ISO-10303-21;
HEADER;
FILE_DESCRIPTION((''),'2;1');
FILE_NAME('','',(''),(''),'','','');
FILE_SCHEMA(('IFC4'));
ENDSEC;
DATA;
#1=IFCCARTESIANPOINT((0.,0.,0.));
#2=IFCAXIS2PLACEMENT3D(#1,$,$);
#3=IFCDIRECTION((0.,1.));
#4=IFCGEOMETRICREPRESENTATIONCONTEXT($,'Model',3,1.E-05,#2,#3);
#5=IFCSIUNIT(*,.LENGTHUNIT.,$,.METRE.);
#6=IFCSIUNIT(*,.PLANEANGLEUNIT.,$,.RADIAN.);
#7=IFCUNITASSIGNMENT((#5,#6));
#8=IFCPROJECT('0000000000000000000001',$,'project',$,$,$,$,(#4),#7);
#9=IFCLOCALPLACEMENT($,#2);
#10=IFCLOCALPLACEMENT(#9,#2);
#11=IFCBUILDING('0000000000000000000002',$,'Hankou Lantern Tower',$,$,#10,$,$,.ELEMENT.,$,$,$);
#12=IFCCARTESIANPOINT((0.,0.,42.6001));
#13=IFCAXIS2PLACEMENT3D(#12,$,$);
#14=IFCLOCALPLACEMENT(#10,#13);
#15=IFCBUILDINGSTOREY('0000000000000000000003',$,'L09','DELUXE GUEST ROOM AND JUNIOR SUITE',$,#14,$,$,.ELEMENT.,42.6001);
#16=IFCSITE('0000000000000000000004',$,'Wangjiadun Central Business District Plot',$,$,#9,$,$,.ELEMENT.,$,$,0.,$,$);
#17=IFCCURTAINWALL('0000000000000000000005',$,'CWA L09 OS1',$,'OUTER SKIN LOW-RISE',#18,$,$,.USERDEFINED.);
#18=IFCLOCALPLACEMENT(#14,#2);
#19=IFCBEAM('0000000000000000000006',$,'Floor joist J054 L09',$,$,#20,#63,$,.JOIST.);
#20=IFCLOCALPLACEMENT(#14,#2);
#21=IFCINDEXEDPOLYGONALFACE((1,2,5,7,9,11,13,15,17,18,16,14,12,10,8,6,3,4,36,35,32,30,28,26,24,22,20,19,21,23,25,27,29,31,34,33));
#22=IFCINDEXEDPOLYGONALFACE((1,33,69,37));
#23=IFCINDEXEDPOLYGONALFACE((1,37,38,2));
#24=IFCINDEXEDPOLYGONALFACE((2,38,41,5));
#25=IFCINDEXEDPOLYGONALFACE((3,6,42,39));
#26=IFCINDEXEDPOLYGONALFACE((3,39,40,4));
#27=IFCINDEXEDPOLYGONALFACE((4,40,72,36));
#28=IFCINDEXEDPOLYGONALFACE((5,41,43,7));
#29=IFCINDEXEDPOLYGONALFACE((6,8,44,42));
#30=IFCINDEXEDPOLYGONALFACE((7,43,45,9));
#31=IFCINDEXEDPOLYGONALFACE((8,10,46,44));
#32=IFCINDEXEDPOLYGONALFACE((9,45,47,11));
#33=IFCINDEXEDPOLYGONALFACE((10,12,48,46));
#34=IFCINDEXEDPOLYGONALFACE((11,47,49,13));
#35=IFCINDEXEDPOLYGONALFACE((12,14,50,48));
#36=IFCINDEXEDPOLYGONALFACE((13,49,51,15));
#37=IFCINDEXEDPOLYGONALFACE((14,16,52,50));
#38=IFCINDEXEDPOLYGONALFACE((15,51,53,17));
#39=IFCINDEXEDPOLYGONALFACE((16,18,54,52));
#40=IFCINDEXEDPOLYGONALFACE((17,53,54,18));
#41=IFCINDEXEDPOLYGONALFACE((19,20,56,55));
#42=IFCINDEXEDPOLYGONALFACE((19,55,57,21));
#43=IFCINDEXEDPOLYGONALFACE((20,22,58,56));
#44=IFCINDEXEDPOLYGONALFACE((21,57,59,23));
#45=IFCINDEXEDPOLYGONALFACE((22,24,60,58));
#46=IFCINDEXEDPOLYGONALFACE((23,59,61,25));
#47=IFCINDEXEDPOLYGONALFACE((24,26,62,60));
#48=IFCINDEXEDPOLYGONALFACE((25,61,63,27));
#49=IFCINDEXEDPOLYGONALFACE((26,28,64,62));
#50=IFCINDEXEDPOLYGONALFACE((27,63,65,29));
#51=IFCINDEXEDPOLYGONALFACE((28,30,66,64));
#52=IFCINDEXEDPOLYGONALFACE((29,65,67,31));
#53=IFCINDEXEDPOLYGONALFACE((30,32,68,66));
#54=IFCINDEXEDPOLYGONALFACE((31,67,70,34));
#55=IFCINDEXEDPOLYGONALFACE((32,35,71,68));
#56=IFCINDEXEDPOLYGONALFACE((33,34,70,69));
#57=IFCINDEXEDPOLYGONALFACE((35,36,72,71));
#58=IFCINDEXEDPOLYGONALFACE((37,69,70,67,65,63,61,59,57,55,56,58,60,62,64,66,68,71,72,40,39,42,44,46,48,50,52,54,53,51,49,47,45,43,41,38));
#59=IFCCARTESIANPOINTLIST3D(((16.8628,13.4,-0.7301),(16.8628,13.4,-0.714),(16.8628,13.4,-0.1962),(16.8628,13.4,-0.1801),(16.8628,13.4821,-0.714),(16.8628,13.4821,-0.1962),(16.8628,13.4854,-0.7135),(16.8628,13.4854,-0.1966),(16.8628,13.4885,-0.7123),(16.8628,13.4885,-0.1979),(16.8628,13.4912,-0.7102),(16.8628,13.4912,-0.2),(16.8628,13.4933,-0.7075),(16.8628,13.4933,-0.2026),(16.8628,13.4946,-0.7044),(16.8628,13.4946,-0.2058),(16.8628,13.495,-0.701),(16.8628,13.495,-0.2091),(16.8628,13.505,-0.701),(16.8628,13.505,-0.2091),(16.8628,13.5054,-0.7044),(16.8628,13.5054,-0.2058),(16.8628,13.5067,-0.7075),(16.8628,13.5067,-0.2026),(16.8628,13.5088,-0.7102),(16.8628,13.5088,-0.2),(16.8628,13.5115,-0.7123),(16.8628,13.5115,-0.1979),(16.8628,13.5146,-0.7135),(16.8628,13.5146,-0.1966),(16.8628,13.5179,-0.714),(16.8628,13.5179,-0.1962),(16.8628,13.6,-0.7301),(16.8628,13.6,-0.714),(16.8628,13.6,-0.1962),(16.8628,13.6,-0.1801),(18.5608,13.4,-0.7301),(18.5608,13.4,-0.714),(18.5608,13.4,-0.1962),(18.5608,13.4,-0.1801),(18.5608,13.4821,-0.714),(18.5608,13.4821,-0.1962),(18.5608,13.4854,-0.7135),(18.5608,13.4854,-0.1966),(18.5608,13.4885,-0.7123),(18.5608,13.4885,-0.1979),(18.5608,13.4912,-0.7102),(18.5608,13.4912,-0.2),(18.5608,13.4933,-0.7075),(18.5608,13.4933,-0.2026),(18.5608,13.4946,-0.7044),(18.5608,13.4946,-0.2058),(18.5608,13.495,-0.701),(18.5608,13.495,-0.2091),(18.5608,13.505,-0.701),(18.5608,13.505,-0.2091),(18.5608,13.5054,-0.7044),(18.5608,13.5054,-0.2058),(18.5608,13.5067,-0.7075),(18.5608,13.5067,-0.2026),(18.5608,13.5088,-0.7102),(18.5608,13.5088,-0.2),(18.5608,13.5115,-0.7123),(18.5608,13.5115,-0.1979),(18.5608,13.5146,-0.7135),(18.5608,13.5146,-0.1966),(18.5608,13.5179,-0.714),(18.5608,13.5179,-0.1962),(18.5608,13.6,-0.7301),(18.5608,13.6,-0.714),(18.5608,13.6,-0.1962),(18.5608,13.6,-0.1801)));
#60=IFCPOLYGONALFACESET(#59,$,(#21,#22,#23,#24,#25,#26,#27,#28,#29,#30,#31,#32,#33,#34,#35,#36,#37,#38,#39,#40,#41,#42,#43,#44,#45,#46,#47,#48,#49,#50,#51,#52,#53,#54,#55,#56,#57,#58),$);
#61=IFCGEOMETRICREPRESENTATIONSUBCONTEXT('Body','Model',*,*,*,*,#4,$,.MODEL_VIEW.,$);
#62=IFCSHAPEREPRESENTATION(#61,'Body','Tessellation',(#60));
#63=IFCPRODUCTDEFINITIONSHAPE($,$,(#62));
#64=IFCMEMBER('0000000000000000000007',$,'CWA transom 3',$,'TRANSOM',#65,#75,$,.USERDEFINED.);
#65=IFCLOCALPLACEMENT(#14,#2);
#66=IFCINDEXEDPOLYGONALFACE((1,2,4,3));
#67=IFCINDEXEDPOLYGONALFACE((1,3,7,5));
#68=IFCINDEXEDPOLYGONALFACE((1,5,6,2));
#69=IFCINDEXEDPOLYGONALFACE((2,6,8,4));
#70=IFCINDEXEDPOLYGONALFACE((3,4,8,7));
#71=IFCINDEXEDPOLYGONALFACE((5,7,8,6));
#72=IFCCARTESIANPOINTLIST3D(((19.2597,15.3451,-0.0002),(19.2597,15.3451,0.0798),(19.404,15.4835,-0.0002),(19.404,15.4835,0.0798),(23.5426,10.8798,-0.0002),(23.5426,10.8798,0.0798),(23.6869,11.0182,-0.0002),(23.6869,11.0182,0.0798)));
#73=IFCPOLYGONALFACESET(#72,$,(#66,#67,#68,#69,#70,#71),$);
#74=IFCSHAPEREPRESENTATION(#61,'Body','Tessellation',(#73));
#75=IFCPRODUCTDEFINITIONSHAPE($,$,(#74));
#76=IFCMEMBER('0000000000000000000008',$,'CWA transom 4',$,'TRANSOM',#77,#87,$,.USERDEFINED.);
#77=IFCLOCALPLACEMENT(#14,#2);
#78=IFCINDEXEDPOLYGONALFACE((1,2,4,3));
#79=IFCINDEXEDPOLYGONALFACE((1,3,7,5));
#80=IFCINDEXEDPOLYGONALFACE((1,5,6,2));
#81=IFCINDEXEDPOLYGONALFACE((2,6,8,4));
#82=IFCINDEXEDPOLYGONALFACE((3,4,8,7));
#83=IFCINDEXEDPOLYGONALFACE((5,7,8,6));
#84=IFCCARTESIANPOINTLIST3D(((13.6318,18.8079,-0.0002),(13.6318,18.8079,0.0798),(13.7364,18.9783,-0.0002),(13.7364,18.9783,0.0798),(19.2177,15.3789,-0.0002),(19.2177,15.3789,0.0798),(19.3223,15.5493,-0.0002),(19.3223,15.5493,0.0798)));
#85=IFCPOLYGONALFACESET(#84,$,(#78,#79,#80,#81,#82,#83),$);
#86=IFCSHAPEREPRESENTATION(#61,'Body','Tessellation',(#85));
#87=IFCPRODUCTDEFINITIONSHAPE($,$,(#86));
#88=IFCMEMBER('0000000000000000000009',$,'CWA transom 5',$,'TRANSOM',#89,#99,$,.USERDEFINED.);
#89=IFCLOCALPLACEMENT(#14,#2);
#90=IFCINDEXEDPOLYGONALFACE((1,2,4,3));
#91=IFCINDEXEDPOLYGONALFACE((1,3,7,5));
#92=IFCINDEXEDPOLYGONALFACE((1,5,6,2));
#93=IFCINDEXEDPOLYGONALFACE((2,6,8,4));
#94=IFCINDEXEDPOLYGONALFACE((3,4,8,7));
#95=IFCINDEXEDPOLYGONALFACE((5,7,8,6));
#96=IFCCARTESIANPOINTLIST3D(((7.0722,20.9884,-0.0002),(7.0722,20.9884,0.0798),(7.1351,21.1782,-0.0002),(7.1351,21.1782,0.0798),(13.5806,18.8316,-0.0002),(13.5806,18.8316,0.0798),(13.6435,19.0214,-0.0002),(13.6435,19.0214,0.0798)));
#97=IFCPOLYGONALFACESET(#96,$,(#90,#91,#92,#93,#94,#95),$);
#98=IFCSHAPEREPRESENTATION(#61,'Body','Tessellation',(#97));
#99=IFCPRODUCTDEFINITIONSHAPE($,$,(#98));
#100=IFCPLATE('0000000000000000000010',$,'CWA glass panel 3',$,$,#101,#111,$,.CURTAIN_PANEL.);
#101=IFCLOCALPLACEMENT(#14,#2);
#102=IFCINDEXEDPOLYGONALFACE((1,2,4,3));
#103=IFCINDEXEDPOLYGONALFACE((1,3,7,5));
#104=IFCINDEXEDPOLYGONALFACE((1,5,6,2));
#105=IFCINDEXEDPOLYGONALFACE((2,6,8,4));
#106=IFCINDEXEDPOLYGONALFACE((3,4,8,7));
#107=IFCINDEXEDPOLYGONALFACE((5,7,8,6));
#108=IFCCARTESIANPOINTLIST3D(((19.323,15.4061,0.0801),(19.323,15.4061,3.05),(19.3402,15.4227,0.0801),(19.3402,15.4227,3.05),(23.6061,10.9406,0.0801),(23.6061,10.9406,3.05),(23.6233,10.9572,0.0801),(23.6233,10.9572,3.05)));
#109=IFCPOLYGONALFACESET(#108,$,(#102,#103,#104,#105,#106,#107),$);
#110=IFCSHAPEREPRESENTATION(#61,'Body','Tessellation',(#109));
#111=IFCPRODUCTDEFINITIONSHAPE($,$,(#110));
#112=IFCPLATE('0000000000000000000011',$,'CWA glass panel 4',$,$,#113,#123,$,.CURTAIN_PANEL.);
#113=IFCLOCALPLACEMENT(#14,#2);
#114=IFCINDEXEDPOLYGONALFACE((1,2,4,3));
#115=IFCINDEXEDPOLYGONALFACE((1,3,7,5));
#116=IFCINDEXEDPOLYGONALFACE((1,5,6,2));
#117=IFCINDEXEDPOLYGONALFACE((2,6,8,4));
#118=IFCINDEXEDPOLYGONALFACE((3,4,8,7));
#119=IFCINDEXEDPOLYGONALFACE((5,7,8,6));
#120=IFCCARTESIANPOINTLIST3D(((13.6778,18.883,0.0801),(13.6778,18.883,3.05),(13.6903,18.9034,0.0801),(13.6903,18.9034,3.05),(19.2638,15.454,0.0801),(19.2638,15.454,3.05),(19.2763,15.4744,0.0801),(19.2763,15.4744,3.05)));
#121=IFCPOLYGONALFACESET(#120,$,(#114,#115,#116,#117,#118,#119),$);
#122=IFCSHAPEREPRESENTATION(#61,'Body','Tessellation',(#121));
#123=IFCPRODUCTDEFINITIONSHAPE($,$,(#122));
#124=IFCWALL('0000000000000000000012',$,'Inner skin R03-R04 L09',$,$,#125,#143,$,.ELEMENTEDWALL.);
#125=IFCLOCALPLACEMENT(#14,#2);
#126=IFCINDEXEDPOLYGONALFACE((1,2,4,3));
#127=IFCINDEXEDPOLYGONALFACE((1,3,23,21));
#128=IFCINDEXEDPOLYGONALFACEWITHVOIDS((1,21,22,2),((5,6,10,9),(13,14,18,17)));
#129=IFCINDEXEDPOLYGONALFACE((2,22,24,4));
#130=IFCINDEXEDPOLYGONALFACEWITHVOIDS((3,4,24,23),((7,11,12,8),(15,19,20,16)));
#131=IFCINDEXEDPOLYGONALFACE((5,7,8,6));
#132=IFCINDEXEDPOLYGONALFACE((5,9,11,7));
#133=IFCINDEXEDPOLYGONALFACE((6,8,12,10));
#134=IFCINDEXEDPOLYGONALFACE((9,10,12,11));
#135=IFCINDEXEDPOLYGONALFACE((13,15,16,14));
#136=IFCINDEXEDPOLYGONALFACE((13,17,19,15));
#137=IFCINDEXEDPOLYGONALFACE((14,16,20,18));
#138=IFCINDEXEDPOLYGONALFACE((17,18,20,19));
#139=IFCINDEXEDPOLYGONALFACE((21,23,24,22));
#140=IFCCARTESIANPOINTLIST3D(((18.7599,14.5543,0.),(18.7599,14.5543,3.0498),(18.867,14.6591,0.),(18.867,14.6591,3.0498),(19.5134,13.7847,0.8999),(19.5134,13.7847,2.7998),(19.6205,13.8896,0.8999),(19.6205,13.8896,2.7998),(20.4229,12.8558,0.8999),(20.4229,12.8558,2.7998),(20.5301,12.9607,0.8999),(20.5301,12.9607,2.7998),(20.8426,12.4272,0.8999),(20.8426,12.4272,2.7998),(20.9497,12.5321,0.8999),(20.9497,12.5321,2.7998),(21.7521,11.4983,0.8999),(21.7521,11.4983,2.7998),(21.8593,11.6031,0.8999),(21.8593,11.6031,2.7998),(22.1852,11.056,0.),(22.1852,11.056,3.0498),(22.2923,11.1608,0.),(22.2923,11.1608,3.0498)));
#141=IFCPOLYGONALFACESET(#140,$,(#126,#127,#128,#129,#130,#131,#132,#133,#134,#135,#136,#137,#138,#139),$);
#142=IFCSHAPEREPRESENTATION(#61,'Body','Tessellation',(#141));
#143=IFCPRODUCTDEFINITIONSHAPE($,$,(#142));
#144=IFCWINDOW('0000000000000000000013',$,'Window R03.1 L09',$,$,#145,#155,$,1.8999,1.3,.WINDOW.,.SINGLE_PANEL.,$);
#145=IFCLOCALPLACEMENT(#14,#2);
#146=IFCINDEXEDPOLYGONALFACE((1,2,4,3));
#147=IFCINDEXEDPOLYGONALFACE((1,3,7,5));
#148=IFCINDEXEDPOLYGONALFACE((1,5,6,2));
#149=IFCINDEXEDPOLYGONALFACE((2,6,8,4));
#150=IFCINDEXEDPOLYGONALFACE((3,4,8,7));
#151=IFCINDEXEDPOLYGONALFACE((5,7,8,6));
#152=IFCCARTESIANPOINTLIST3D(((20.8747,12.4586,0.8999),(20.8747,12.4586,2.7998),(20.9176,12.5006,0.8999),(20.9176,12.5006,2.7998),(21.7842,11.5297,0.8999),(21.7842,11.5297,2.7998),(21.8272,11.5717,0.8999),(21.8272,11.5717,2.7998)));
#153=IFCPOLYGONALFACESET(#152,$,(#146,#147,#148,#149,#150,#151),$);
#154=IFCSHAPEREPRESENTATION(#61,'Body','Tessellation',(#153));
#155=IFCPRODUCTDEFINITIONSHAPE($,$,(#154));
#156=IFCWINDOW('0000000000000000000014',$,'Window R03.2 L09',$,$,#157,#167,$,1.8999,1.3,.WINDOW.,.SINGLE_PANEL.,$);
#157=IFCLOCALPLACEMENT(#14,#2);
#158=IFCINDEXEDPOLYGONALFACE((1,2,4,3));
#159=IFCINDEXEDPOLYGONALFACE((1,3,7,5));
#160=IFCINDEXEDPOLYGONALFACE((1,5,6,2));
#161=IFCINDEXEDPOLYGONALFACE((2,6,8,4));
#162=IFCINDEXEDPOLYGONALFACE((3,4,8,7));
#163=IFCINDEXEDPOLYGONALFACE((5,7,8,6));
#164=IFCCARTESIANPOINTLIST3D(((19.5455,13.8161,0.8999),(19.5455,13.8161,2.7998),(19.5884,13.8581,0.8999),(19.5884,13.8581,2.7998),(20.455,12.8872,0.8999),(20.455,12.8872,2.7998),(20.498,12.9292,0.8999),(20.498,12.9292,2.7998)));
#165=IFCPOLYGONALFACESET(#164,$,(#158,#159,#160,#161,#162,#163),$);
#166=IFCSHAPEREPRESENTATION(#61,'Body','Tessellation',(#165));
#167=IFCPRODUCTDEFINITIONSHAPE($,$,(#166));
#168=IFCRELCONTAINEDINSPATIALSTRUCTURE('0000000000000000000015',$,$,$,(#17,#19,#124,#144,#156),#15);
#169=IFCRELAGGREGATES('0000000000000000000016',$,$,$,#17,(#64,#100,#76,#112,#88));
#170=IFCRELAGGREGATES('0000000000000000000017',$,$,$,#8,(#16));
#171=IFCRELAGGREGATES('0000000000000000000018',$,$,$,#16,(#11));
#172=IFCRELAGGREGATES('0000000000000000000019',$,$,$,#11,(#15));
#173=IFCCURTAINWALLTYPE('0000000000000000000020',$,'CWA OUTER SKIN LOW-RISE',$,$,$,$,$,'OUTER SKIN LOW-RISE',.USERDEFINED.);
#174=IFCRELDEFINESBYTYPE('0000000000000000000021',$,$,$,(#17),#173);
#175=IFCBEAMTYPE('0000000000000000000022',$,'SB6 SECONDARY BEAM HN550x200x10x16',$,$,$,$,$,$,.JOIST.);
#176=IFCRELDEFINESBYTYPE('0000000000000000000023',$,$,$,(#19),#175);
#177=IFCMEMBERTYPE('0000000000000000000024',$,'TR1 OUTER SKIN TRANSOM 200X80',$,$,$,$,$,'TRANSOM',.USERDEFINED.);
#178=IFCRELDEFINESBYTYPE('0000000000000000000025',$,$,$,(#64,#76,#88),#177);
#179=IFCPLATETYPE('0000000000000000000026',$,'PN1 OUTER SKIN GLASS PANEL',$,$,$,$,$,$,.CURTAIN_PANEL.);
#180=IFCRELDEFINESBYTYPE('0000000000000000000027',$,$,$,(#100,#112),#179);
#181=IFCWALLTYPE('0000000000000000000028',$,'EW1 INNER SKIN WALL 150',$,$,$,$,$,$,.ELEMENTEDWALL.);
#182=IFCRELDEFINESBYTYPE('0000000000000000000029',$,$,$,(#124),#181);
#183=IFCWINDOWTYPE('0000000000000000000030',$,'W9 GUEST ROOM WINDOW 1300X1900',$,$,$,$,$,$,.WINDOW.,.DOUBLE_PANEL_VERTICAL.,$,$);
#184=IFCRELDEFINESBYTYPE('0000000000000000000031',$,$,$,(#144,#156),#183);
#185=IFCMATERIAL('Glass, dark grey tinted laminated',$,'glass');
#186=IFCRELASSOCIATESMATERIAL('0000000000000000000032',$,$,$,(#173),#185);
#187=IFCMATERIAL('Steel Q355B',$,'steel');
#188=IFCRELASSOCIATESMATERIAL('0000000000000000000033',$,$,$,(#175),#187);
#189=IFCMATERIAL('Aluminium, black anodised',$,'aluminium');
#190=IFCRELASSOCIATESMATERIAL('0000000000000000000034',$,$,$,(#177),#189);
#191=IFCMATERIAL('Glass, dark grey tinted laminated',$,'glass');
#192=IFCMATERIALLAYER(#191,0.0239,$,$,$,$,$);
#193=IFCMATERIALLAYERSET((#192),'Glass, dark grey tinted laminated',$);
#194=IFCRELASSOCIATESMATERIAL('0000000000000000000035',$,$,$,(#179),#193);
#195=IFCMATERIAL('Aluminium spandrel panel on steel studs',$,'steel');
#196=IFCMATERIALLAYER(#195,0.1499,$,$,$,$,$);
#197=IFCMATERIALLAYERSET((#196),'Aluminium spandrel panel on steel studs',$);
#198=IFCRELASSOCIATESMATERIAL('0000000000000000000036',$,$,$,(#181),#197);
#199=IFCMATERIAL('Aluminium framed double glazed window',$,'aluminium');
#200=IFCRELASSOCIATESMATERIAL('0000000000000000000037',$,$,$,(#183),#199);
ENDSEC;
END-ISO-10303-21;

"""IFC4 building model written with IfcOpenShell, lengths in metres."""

from ifc_helpers import new_model, si_unit, direction, frame, frame_2d, origin, origin_2d, place, context, subcontext, project, spatial, rectangle, i_section, extrude, material, layer, layer_set, material_profile, profile_set, type_object, element, fill, aggregate, save


model = new_model("IFC4")

# Units and contexts
model_context = context("Model", 3, precision=1e-05, world=origin(), true_north=direction((0.0, 1.0)))
body_context = subcontext(model_context, "Body", "Model", "MODEL_VIEW")
ifc_project = project(units=[si_unit("LENGTHUNIT", "METRE"), si_unit("PLANEANGLEUNIT", "RADIAN")], contexts=[model_context])

# Site, building, storey
site_placement = place(None, origin())
site = spatial("IfcSite", under=ifc_project, at=site_placement, Name="Wangjiadun Central Business District Plot", CompositionType="ELEMENT", RefElevation=0.0)
building_placement = place(site_placement, origin())
building = spatial("IfcBuilding", under=site, at=building_placement, Name="Hankou Lantern Tower", CompositionType="ELEMENT")
storey_placement = place(building_placement, frame((0.0, 0.0, 42.6001)))
storey = spatial("IfcBuildingStorey", under=building, at=storey_placement, Name="L09", Description="DELUXE GUEST ROOM AND JUNIOR SUITE", CompositionType="ELEMENT", Elevation=42.6001)

# Curtain wall
ifc_material_1 = material(Name="Glass, dark grey tinted laminated", Category="glass")
curtain_wall_type = type_object("IfcCurtainWallType", Name="CWA OUTER SKIN LOW-RISE", ElementType="OUTER SKIN LOW-RISE", PredefinedType="USERDEFINED", material=ifc_material_1)
curtain_wall_placement = place(storey_placement, origin())
curtain_wall = element("IfcCurtainWall", 1, at=curtain_wall_placement, inside=storey, type_object=curtain_wall_type, Name="CWA L09 OS1", ObjectType="OUTER SKIN LOW-RISE", PredefinedType="USERDEFINED")

# Beam
ifc_material_2 = material(Name="Steel Q355B", Category="steel")
ifc_material_profile_1 = material_profile(ifc_material_2, i_section(OverallWidth=0.2, OverallDepth=0.55, WebThickness=0.01, FlangeThickness=0.0161, FilletRadius=0.0129, at=origin_2d()), Name="HN550x200x10x16")
ifc_profile_set_1 = profile_set([ifc_material_profile_1], Name="Steel Q355B")
beam_type_1 = type_object("IfcBeamType", Name="SB6 SECONDARY BEAM HN550x200x10x16", PredefinedType="JOIST", material=ifc_profile_set_1)
beam_1_placement = place(storey_placement, frame((16.8628, 13.5, -0.4551), z_axis=(1.0, 0.0, 0.0), x_axis=(0.0, 1.0, 0.0)))
element("IfcBeam", 2, at=beam_1_placement, inside=storey, type_object=beam_type_1, Name="Floor joist J054 L09", PredefinedType="JOIST", context=body_context, shape_type="SweptSolid", body=[
    extrude(i_section(OverallWidth=0.2, OverallDepth=0.55, WebThickness=0.01, FlangeThickness=0.0161, FilletRadius=0.0129, at=origin_2d()), origin(), (0.0, 0.0, 1.0), 1.698),
])

# Members
ifc_material_3 = material(Name="Aluminium, black anodised", Category="aluminium")
ifc_material_profile_2 = material_profile(ifc_material_3, rectangle(XDim=0.2, YDim=0.0801, at=origin_2d()), Name="TR1 200X80")
ifc_profile_set_2 = profile_set([ifc_material_profile_2], Name="Aluminium, black anodised")
member_type_1 = type_object("IfcMemberType", Name="TR1 OUTER SKIN TRANSOM 200X80", ElementType="TRANSOM", PredefinedType="USERDEFINED", material=ifc_profile_set_2)
member_1_placement = place(storey_placement, frame((23.6147, 10.949, 0.0398), z_axis=(-0.692216, 0.721691, 0.0), x_axis=(-0.721691, -0.692216, 0.0)))
member_1 = element("IfcMember", 3, at=member_1_placement, type_object=member_type_1, Name="CWA transom 3", ObjectType="TRANSOM", PredefinedType="USERDEFINED", context=body_context, shape_type="SweptSolid", body=[
    extrude(rectangle(XDim=0.2, YDim=0.0801, at=origin_2d()), origin(), (0.0, 0.0, 1.0), 6.1873),
])
member_2_placement = place(storey_placement, frame((19.27, 15.4641, 0.0398), z_axis=(-0.85224, 0.523152, 0.0), x_axis=(-0.523152, -0.85224, 0.0)))
member_2 = element("IfcMember", 4, at=member_2_placement, type_object=member_type_1, Name="CWA transom 4", ObjectType="TRANSOM", PredefinedType="USERDEFINED", context=body_context, shape_type="SweptSolid", body=[
    extrude(rectangle(XDim=0.2, YDim=0.0801, at=origin_2d()), origin(), (0.0, 0.0, 1.0), 6.5544),
])
member_3_placement = place(storey_placement, frame((13.6121, 18.9265, 0.0398), z_axis=(-0.949237, 0.314561, 0.0), x_axis=(-0.314561, -0.949237, 0.0)))
member_3 = element("IfcMember", 5, at=member_3_placement, type_object=member_type_1, Name="CWA transom 5", ObjectType="TRANSOM", PredefinedType="USERDEFINED", context=body_context, shape_type="SweptSolid", body=[
    extrude(rectangle(XDim=0.2, YDim=0.0801, at=origin_2d()), origin(), (0.0, 0.0, 1.0), 6.8564),
])

# Plates
ifc_material_4 = material(Name="Glass, dark grey tinted laminated", Category="glass")
ifc_layer_1 = layer(ifc_material_4, 0.0239)
ifc_layer_set_1 = layer_set([ifc_layer_1], Name="Glass, dark grey tinted laminated")
plate_type = type_object("IfcPlateType", Name="PN1 OUTER SKIN GLASS PANEL", PredefinedType="CURTAIN_PANEL", material=ifc_layer_set_1)
plate_1_placement = place(storey_placement, frame((21.4731, 13.1816, 0.0801), z_axis=(0.0, 0.0, 1.0), x_axis=(-0.692216, 0.721691, 0.0)))
plate_1 = element("IfcPlate", 6, at=plate_1_placement, type_object=plate_type, Name="CWA glass panel 3", PredefinedType="CURTAIN_PANEL", context=body_context, shape_type="SweptSolid", body=[
    extrude(rectangle(XDim=6.1875, YDim=0.0239, at=origin_2d()), origin(), (0.0, 0.0, 1.0), 2.97),
])
plate_2_placement = place(storey_placement, frame((16.4771, 17.1787, 0.0801), z_axis=(0.0, 0.0, 1.0), x_axis=(-0.852237, 0.523156, 0.0)))
plate_2 = element("IfcPlate", 7, at=plate_2_placement, type_object=plate_type, Name="CWA glass panel 4", PredefinedType="CURTAIN_PANEL", context=body_context, shape_type="SweptSolid", body=[
    extrude(rectangle(XDim=6.5544, YDim=0.0239, at=origin_2d()), origin(), (0.0, 0.0, 1.0), 2.97),
])
aggregate(curtain_wall, [member_1, plate_1, member_2, plate_2, member_3])

# Wall, openings, windows
ifc_material_5 = material(Name="Aluminium spandrel panel on steel studs", Category="steel")
ifc_layer_2 = layer(ifc_material_5, 0.1499)
ifc_layer_set_2 = layer_set([ifc_layer_2], Name="Aluminium spandrel panel on steel studs")
wall_type_1 = type_object("IfcWallType", Name="EW1 INNER SKIN WALL 150", PredefinedType="ELEMENTEDWALL", material=ifc_layer_set_2)
wall_1_placement = place(storey_placement, frame((22.2388, 11.1084, 0.0), z_axis=(0.0, 0.0, 1.0), x_axis=(-0.699613, 0.714522, 0.0)))
wall_1 = element("IfcWall", 8, at=wall_1_placement, inside=storey, type_object=wall_type_1, Name="Inner skin R03-R04 L09", PredefinedType="ELEMENTEDWALL", context=body_context, shape_type="SweptSolid", body=[
    extrude(rectangle(XDim=4.896, YDim=0.1499, at=frame_2d((2.448, 0.0))), origin(), (0.0, 0.0, 1.0), 3.0498),
])
opening_1_placement = place(wall_1_placement, frame((0.6191, 0.0, 0.8999)))
opening_1 = element("IfcOpeningElement", 9, at=opening_1_placement, cuts=wall_1, PredefinedType="OPENING", context=body_context, shape_type="SweptSolid", body=[
    extrude(rectangle(XDim=1.3, YDim=1.8999, at=frame_2d((0.6499, 0.95))), frame((0.0, 0.085, 0.0), z_axis=(0.0, -1.0, 0.0), x_axis=(1.0, 0.0, 0.0)), (0.0, 0.0, 1.0), 0.1699),
])
opening_2_placement = place(wall_1_placement, frame((2.519, 0.0, 0.8999)))
opening_2 = element("IfcOpeningElement", 10, at=opening_2_placement, cuts=wall_1, PredefinedType="OPENING", context=body_context, shape_type="SweptSolid", body=[
    extrude(rectangle(XDim=1.3, YDim=1.8999, at=frame_2d((0.6499, 0.95))), frame((0.0, 0.085, 0.0), z_axis=(0.0, -1.0, 0.0), x_axis=(1.0, 0.0, 0.0)), (0.0, 0.0, 1.0), 0.1699),
])
ifc_material_6 = material(Name="Aluminium framed double glazed window", Category="aluminium")
window_type = type_object("IfcWindowType", Name="W9 GUEST ROOM WINDOW 1300X1900", PartitioningType="DOUBLE_PANEL_VERTICAL", PredefinedType="WINDOW", material=ifc_material_6)
window_1_placement = place(opening_1_placement, origin())
window_1 = element("IfcWindow", 11, at=window_1_placement, inside=storey, type_object=window_type, Name="Window R03.1 L09", OverallHeight=1.8999, OverallWidth=1.3, PartitioningType="SINGLE_PANEL", PredefinedType="WINDOW", context=body_context, shape_type="SweptSolid", body=[
    extrude(rectangle(XDim=1.3, YDim=1.8999, at=frame_2d((0.6499, 0.95))), frame((0.0, 0.03, 0.0), z_axis=(0.0, -1.0, 0.0), x_axis=(1.0, 0.0, 0.0)), (0.0, 0.0, 1.0), 0.0601),
])
fill(opening_1, window_1)
window_2_placement = place(opening_2_placement, origin())
window_2 = element("IfcWindow", 12, at=window_2_placement, inside=storey, type_object=window_type, Name="Window R03.2 L09", OverallHeight=1.8999, OverallWidth=1.3, PartitioningType="SINGLE_PANEL", PredefinedType="WINDOW", context=body_context, shape_type="SweptSolid", body=[
    extrude(rectangle(XDim=1.3, YDim=1.8999, at=frame_2d((0.6499, 0.95))), frame((0.0, 0.03, 0.0), z_axis=(0.0, -1.0, 0.0), x_axis=(1.0, 0.0, 0.0)), (0.0, 0.0, 1.0), 0.0601),
])
fill(opening_2, window_2)

save(model, "model.ifc")
